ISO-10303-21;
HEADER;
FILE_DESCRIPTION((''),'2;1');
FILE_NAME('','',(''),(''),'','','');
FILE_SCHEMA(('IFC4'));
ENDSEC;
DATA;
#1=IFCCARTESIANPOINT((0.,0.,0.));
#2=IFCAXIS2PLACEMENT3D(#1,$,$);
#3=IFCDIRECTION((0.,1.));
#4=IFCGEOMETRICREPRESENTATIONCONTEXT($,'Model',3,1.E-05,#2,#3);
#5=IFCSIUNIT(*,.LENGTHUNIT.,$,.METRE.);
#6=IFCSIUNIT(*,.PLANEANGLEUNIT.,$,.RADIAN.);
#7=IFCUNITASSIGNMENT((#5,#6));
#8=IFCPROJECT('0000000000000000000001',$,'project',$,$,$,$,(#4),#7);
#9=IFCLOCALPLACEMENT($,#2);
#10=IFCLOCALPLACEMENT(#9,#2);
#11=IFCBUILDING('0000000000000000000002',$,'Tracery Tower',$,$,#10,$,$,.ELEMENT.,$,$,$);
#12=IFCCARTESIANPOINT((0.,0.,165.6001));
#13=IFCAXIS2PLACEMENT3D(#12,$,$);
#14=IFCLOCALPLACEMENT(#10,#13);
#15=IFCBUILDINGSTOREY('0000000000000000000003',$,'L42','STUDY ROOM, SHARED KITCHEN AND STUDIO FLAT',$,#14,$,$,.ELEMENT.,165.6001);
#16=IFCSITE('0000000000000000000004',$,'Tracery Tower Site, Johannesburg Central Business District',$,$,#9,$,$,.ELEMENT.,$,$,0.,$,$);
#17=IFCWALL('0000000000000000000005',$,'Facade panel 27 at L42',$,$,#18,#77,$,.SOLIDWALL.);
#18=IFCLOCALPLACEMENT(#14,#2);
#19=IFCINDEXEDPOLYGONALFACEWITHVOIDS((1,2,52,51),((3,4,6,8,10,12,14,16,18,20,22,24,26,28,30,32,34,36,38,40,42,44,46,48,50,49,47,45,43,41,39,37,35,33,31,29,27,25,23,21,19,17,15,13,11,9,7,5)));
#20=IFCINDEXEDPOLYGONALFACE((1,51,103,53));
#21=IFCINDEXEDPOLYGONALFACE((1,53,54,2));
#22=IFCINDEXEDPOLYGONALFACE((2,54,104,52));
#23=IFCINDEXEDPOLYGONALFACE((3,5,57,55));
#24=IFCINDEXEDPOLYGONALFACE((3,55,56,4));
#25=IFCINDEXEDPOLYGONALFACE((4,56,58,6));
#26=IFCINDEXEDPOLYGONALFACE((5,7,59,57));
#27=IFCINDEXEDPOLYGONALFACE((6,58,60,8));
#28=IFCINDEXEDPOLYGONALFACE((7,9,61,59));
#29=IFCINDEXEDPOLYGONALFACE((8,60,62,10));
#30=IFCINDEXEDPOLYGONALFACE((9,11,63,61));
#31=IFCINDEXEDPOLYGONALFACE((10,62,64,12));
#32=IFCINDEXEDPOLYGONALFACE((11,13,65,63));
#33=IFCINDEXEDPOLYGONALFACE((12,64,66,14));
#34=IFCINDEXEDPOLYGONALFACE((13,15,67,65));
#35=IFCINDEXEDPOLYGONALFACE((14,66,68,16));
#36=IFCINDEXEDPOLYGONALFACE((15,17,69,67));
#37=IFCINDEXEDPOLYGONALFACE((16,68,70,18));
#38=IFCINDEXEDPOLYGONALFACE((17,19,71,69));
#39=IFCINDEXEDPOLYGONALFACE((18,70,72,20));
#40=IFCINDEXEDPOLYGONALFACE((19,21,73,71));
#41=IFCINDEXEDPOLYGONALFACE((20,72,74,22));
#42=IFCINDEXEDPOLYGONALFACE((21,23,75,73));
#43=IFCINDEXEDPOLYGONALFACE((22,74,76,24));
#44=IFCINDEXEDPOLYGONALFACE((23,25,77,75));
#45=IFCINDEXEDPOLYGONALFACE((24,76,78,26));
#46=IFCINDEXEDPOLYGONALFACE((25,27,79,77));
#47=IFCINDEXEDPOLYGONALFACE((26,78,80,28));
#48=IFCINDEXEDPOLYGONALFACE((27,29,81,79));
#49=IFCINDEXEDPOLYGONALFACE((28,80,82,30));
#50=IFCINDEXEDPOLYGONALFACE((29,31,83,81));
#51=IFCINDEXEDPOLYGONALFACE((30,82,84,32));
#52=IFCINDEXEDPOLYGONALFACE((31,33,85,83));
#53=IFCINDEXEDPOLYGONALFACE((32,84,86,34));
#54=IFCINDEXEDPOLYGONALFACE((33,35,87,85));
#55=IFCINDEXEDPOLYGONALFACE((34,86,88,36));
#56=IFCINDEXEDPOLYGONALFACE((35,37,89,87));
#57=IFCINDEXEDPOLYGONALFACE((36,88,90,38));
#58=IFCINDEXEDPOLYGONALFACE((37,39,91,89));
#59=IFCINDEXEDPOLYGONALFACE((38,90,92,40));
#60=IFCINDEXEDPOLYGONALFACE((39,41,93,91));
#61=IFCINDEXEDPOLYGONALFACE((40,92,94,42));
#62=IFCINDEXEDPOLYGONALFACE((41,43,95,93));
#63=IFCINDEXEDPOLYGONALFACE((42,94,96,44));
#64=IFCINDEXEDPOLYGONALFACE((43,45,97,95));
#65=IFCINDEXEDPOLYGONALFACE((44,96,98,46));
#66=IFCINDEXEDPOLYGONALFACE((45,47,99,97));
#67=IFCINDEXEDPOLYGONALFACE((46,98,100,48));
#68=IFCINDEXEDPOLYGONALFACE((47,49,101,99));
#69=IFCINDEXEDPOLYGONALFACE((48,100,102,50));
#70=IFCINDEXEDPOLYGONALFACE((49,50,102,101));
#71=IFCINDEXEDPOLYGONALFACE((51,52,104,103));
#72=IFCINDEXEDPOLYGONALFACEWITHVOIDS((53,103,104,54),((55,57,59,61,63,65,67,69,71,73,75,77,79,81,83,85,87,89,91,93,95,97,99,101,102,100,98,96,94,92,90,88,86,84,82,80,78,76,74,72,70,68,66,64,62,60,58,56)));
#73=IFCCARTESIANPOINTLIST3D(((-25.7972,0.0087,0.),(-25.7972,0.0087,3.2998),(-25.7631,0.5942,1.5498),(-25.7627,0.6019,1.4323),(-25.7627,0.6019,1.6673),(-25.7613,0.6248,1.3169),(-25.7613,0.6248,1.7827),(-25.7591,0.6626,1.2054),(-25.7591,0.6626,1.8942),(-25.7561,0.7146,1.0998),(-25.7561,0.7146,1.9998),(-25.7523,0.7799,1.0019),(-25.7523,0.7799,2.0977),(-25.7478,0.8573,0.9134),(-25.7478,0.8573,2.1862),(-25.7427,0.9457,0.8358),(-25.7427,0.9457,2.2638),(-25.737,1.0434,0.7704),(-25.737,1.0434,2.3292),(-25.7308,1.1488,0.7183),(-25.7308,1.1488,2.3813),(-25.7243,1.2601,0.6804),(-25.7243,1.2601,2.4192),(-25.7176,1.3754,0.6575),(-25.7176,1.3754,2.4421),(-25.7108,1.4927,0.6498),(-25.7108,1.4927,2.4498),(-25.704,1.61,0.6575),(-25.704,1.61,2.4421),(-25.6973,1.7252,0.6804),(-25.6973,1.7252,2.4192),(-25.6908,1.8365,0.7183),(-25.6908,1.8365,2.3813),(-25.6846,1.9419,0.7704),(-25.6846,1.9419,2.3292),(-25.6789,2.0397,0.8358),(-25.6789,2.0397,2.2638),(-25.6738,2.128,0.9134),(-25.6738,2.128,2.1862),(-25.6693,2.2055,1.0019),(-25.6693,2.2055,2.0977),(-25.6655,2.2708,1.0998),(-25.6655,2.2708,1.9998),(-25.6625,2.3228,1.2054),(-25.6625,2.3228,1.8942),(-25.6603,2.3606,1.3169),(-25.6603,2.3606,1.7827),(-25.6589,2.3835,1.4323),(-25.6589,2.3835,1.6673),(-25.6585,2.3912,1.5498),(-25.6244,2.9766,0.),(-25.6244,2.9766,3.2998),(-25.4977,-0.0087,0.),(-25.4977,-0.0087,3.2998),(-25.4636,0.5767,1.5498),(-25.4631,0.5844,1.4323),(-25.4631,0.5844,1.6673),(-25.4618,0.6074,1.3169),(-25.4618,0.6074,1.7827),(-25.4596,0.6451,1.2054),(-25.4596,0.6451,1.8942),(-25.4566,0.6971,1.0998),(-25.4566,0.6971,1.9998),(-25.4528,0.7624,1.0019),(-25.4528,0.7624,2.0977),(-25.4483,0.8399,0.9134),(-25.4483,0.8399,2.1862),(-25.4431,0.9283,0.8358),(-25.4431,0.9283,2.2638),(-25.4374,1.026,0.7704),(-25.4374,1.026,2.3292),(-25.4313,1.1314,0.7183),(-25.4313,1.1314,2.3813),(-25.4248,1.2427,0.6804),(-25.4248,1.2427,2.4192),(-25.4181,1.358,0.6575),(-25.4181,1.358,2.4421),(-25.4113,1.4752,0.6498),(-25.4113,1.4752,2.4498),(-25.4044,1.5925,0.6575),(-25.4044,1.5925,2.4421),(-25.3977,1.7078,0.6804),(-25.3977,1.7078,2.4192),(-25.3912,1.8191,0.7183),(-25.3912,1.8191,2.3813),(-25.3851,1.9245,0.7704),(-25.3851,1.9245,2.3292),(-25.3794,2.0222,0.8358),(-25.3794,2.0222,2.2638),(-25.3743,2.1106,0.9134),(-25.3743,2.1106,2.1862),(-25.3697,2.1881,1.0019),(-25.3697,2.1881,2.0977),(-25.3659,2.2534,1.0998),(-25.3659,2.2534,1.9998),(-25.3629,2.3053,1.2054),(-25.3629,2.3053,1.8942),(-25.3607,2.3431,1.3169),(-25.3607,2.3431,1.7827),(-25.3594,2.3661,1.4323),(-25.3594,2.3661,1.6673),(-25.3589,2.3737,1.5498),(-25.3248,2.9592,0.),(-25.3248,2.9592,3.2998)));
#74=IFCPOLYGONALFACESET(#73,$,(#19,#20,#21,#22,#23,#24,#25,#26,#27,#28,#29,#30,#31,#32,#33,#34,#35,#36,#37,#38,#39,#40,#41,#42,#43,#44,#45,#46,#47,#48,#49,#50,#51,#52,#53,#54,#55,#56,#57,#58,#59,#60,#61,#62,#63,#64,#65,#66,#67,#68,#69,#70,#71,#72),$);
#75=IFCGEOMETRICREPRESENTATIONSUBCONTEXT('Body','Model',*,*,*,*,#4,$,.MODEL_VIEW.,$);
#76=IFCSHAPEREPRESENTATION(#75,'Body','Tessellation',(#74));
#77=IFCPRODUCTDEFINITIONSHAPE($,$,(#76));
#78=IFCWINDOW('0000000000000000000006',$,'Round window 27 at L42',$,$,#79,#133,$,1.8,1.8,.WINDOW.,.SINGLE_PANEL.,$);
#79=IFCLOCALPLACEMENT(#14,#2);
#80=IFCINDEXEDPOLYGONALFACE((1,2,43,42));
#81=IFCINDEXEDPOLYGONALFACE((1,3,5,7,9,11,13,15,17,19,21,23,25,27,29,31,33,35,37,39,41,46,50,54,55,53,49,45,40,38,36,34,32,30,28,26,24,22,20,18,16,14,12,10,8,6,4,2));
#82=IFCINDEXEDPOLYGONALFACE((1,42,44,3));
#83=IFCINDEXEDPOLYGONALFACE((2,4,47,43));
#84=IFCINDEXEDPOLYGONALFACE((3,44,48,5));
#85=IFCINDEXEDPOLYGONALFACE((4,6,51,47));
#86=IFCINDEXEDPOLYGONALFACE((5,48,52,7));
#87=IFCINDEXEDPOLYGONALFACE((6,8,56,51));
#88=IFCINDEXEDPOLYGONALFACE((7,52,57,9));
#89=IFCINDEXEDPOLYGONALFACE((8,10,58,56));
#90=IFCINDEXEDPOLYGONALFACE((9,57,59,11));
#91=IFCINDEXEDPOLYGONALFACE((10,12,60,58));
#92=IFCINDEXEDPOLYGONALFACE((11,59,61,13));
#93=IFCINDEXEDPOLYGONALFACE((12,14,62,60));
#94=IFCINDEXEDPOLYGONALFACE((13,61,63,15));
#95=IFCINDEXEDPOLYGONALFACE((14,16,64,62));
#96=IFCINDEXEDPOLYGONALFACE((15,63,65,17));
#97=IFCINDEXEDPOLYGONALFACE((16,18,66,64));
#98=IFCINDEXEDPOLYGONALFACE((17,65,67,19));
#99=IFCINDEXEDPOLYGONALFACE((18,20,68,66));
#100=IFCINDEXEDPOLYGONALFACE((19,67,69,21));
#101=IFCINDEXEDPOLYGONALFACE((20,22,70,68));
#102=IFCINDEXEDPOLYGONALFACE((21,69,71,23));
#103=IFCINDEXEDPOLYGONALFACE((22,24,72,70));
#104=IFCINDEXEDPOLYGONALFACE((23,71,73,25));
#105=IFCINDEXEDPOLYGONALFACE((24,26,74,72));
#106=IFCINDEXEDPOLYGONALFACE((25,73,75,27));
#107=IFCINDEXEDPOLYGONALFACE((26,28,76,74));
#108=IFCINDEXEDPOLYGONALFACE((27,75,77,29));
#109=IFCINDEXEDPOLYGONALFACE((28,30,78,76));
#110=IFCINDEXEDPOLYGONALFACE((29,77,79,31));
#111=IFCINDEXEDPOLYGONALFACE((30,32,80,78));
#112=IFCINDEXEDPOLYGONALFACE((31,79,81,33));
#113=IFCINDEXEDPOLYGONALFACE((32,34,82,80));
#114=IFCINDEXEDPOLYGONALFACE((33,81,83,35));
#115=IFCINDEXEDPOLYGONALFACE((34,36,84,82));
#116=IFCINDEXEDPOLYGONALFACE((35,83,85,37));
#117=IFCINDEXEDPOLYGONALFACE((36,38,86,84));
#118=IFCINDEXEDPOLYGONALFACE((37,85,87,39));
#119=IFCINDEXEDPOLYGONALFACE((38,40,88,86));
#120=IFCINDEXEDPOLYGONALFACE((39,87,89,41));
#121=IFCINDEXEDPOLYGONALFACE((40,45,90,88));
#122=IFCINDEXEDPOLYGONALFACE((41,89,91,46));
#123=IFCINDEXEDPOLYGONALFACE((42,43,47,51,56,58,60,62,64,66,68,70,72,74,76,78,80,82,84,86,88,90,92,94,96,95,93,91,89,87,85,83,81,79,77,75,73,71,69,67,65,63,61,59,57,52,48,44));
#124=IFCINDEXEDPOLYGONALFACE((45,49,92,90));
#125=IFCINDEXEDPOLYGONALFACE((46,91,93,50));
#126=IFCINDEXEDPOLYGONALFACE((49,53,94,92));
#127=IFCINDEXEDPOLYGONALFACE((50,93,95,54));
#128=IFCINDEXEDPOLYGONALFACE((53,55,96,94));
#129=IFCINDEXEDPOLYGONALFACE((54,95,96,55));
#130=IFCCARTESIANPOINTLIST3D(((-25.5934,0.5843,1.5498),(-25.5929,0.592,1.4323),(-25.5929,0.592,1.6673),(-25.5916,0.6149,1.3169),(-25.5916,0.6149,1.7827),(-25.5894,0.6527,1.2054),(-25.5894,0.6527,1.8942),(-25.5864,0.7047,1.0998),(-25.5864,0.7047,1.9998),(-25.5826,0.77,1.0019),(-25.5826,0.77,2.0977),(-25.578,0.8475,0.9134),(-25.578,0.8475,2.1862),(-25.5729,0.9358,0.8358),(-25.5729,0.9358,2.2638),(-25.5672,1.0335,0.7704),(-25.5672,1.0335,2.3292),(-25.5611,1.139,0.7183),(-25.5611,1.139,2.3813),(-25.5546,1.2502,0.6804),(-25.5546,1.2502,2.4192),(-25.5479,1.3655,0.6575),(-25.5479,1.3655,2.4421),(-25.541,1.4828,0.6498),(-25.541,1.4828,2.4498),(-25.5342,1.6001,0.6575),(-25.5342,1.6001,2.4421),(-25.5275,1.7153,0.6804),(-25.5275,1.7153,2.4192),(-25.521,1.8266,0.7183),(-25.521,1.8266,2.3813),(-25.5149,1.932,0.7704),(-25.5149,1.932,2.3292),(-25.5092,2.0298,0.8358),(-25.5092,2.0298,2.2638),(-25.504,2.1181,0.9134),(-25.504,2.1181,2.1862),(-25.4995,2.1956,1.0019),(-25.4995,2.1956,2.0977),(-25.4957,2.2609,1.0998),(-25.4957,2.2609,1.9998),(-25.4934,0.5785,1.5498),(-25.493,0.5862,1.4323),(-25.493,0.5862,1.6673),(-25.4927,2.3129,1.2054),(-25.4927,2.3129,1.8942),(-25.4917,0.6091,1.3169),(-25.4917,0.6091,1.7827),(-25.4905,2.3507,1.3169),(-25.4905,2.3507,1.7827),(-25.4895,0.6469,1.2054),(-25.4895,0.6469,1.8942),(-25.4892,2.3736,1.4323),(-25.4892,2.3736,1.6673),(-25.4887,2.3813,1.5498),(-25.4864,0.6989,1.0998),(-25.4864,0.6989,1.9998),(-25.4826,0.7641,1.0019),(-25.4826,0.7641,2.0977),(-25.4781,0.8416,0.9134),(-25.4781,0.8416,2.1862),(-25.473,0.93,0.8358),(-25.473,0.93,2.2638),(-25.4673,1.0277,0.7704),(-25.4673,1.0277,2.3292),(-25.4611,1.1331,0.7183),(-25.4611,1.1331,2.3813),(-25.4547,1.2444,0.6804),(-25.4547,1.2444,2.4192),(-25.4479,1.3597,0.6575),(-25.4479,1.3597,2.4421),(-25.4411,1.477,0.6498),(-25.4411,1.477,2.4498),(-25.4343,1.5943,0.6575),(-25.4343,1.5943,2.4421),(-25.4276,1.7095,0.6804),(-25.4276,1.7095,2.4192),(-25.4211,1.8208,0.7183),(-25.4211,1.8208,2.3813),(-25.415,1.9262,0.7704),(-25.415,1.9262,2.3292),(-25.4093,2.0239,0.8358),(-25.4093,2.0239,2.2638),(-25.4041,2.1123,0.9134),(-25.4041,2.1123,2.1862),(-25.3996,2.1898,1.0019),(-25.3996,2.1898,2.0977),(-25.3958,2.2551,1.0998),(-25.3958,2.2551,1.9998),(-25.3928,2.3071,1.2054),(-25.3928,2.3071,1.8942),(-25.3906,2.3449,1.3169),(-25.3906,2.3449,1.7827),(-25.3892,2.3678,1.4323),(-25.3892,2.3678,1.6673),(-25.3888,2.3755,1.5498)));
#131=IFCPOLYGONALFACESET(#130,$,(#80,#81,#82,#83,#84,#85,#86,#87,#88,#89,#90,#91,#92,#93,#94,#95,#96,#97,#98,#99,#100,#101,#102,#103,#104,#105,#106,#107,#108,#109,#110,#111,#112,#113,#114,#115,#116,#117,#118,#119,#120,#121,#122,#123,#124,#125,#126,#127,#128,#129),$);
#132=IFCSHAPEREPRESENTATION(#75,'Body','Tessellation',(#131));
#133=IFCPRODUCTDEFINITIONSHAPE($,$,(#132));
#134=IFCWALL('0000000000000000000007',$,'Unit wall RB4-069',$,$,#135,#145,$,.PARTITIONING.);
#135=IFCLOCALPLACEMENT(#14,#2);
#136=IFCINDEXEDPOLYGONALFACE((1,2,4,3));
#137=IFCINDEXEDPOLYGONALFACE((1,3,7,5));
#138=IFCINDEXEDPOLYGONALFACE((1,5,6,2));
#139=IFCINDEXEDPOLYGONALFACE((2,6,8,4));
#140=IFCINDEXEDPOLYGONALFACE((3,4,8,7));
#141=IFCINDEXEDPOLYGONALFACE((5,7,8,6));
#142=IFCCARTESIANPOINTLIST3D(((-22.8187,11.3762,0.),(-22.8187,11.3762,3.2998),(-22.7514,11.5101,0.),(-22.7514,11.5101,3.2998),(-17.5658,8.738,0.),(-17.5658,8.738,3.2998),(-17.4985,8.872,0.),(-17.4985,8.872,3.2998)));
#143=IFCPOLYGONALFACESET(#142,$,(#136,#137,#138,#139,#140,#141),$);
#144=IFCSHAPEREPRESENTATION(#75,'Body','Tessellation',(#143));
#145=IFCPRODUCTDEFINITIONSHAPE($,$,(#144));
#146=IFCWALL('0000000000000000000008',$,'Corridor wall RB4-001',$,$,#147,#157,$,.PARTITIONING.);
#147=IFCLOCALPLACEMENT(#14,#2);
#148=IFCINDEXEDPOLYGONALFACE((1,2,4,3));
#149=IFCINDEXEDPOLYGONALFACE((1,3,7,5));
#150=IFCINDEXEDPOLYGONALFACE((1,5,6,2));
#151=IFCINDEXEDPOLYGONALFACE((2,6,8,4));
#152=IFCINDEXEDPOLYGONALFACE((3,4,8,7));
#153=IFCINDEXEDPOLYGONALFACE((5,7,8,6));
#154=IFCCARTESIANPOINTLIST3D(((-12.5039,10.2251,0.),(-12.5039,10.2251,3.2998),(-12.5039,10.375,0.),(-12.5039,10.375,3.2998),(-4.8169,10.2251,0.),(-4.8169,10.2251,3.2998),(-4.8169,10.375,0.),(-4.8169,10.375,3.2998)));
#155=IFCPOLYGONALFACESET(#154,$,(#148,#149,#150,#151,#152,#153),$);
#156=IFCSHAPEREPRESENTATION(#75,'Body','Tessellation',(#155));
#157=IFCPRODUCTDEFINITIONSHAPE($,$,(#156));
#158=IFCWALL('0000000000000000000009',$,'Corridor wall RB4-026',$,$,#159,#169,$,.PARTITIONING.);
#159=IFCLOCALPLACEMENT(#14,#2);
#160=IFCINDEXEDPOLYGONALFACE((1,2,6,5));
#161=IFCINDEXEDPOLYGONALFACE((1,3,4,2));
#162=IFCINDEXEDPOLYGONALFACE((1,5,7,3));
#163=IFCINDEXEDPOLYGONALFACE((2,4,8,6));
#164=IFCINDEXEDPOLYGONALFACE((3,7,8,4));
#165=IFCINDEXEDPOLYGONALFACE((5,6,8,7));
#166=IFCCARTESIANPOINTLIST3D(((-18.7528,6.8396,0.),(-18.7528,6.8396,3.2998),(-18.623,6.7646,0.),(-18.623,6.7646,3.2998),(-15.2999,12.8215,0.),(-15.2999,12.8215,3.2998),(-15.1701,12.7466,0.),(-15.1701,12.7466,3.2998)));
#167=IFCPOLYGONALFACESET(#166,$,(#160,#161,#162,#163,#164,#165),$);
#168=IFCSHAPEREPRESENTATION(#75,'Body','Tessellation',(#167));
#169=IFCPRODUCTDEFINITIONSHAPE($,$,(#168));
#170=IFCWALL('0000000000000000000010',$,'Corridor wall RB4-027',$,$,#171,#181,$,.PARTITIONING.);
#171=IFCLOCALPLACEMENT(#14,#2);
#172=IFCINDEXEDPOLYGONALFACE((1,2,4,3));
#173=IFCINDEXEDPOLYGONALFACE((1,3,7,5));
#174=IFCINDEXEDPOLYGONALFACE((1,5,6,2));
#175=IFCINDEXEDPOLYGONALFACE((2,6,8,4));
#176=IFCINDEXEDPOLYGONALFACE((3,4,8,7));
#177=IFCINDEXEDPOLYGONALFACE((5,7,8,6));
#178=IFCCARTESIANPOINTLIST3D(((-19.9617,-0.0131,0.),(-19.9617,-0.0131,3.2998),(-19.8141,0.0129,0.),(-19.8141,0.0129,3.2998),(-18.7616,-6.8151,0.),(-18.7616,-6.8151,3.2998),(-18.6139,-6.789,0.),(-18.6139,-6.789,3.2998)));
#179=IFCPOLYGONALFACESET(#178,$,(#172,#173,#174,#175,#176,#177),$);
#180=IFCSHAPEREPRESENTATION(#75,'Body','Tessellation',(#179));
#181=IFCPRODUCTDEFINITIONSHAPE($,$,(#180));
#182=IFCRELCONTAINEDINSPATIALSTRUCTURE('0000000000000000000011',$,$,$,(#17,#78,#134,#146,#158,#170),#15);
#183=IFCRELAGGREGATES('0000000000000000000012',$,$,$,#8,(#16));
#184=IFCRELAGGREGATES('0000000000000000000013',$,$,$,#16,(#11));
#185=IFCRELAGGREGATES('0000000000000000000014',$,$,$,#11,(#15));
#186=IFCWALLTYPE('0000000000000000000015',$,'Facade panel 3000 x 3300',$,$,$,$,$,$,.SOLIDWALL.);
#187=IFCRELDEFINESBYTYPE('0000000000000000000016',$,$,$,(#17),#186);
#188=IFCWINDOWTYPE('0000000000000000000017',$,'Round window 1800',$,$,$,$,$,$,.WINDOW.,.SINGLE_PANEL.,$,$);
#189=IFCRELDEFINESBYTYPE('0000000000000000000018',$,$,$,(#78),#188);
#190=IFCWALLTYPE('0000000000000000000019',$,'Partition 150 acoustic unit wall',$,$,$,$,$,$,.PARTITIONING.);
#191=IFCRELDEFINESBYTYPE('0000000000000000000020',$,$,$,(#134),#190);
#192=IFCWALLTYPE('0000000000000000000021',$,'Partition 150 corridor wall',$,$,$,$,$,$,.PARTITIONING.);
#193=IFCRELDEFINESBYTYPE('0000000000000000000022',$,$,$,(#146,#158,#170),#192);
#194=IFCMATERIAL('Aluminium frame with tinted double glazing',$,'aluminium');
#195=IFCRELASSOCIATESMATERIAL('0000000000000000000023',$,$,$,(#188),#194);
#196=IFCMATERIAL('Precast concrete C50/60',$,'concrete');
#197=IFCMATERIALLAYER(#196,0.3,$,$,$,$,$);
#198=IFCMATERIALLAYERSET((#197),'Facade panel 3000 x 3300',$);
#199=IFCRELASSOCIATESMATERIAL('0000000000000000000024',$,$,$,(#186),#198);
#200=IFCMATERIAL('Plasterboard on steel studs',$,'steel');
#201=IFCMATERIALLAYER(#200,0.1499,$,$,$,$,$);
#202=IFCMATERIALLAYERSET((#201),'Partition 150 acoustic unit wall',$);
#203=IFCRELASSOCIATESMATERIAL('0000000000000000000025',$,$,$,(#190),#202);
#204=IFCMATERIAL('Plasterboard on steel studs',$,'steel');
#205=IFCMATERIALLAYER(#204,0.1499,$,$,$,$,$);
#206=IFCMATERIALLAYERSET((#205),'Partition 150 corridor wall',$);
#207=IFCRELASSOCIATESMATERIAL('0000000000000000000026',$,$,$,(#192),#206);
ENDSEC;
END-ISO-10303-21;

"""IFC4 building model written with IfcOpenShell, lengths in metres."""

from ifc_helpers import new_model, si_unit, direction, frame, frame_2d, origin, origin_2d, place, context, subcontext, project, spatial, rectangle, circle, extrude, material, layer, layer_set, type_object, element, fill, save


model = new_model("IFC4")

# Units and contexts
model_context = context("Model", 3, precision=1e-05, world=origin(), true_north=direction((0.0, 1.0)))
body_context = subcontext(model_context, "Body", "Model", "MODEL_VIEW")
ifc_project = project(units=[si_unit("LENGTHUNIT", "METRE"), si_unit("PLANEANGLEUNIT", "RADIAN")], contexts=[model_context])

# Site, building, storey
site_placement = place(None, origin())
site = spatial("IfcSite", under=ifc_project, at=site_placement, Name="Tracery Tower Site, Johannesburg Central Business District", CompositionType="ELEMENT", RefElevation=0.0)
building_placement = place(site_placement, origin())
building = spatial("IfcBuilding", under=site, at=building_placement, Name="Tracery Tower", CompositionType="ELEMENT")
storey_placement = place(building_placement, frame((0.0, 0.0, 165.6001)))
storey = spatial("IfcBuildingStorey", under=building, at=storey_placement, Name="L42", Description="STUDY ROOM, SHARED KITCHEN AND STUDIO FLAT", CompositionType="ELEMENT", Elevation=165.6001)

# Wall, opening, window
ifc_material_1 = material(Name="Aluminium frame with tinted double glazing", Category="aluminium")
window_type = type_object("IfcWindowType", Name="Round window 1800", PartitioningType="SINGLE_PANEL", PredefinedType="WINDOW", material=ifc_material_1)
ifc_material_2 = material(Name="Precast concrete C50/60", Category="concrete")
ifc_layer_1 = layer(ifc_material_2, 0.3)
ifc_layer_set_1 = layer_set([ifc_layer_1], Name="Facade panel 3000 x 3300")
wall_type_1 = type_object("IfcWallType", Name="Facade panel 3000 x 3300", PredefinedType="SOLIDWALL", material=ifc_layer_set_1)
wall_1_placement = place(storey_placement, frame((-25.4746, 2.9678, 0.0), z_axis=(0.0, 0.0, 1.0), x_axis=(-0.058144, -0.998308, 0.0)))
wall_1 = element("IfcWall", 1, at=wall_1_placement, inside=storey, type_object=wall_type_1, Name="Facade panel 27 at L42", PredefinedType="SOLIDWALL", context=body_context, shape_type="SweptSolid", body=[
    extrude(rectangle(XDim=2.9729, YDim=0.3, at=frame_2d((1.4863, 0.0))), origin(), (0.0, 0.0, 1.0), 3.2998),
])
opening_1_placement = place(wall_1_placement, frame((1.4863, 0.0, 1.5498)))
opening_1 = element("IfcOpeningElement", 2, at=opening_1_placement, cuts=wall_1, PredefinedType="OPENING", context=body_context, shape_type="SweptSolid", body=[
    extrude(circle(Radius=0.9, at=origin_2d()), frame((0.0, 0.1599, 0.0), z_axis=(0.0, -1.0, 0.0), x_axis=(1.0, 0.0, 0.0)), (0.0, 0.0, 1.0), 0.3201),
])
window_1_placement = place(opening_1_placement, origin())
window_1 = element("IfcWindow", 3, at=window_1_placement, inside=storey, type_object=window_type, Name="Round window 27 at L42", OverallHeight=1.8, OverallWidth=1.8, PartitioningType="SINGLE_PANEL", PredefinedType="WINDOW", context=body_context, shape_type="SweptSolid", body=[
    extrude(circle(Radius=0.9, at=origin_2d()), frame((0.0, 0.1201, 0.0), z_axis=(0.0, -1.0, 0.0), x_axis=(1.0, 0.0, 0.0)), (0.0, 0.0, 1.0), 0.1001),
])
fill(opening_1, window_1)

# Walls
ifc_material_3 = material(Name="Plasterboard on steel studs", Category="steel")
ifc_layer_2 = layer(ifc_material_3, 0.1499)
ifc_layer_set_2 = layer_set([ifc_layer_2], Name="Partition 150 acoustic unit wall")
wall_type_2 = type_object("IfcWallType", Name="Partition 150 acoustic unit wall", PredefinedType="PARTITIONING", material=ifc_layer_set_2)
wall_2_placement = place(storey_placement, frame((-22.7849, 11.4431, 0.0), z_axis=(0.0, 0.0, 1.0), x_axis=(0.893628, -0.448808, 0.0)))
element("IfcWall", 4, at=wall_2_placement, inside=storey, type_object=wall_type_2, Name="Unit wall RB4-069", PredefinedType="PARTITIONING", context=body_context, shape_type="SweptSolid", body=[
    extrude(rectangle(XDim=5.8782, YDim=0.1499, at=frame_2d((2.939, 0.0))), origin(), (0.0, 0.0, 1.0), 3.2998),
])
ifc_material_4 = material(Name="Plasterboard on steel studs", Category="steel")
ifc_layer_3 = layer(ifc_material_4, 0.1499)
ifc_layer_set_3 = layer_set([ifc_layer_3], Name="Partition 150 corridor wall")
wall_type_3 = type_object("IfcWallType", Name="Partition 150 corridor wall", PredefinedType="PARTITIONING", material=ifc_layer_set_3)
wall_3_placement = place(storey_placement, frame((-12.5039, 10.3, 0.0), z_axis=(0.0, 0.0, 1.0), x_axis=(1.0, 0.0, 0.0)))
element("IfcWall", 5, at=wall_3_placement, inside=storey, type_object=wall_type_3, Name="Corridor wall RB4-001", PredefinedType="PARTITIONING", context=body_context, shape_type="SweptSolid", body=[
    extrude(rectangle(XDim=7.687, YDim=0.1499, at=frame_2d((3.8435, 0.0))), origin(), (0.0, 0.0, 1.0), 3.2998),
])
for number, where, z_axis, x_axis, name in (
    (6, (-18.688, 6.802, 0.0), (0.0, 0.0, 1.0), (0.499914, 0.866075, 0.0), "Corridor wall RB4-026"),
    (7, (-19.8879, 0.0, 0.0), (0.0, 0.0, 1.0), (0.173763, -0.984787, 0.0), "Corridor wall RB4-027"),
):
    element("IfcWall", number, at=place(storey_placement, frame(where, z_axis=z_axis, x_axis=x_axis)), inside=storey, type_object=wall_type_3, Name=name, PredefinedType="PARTITIONING", context=body_context, shape_type="SweptSolid", body=[
        extrude(rectangle(XDim=6.907, YDim=0.1499, at=frame_2d((3.4536, 0.0))), origin(), (0.0, 0.0, 1.0), 3.2998),
    ])

save(model, "model.ifc")
